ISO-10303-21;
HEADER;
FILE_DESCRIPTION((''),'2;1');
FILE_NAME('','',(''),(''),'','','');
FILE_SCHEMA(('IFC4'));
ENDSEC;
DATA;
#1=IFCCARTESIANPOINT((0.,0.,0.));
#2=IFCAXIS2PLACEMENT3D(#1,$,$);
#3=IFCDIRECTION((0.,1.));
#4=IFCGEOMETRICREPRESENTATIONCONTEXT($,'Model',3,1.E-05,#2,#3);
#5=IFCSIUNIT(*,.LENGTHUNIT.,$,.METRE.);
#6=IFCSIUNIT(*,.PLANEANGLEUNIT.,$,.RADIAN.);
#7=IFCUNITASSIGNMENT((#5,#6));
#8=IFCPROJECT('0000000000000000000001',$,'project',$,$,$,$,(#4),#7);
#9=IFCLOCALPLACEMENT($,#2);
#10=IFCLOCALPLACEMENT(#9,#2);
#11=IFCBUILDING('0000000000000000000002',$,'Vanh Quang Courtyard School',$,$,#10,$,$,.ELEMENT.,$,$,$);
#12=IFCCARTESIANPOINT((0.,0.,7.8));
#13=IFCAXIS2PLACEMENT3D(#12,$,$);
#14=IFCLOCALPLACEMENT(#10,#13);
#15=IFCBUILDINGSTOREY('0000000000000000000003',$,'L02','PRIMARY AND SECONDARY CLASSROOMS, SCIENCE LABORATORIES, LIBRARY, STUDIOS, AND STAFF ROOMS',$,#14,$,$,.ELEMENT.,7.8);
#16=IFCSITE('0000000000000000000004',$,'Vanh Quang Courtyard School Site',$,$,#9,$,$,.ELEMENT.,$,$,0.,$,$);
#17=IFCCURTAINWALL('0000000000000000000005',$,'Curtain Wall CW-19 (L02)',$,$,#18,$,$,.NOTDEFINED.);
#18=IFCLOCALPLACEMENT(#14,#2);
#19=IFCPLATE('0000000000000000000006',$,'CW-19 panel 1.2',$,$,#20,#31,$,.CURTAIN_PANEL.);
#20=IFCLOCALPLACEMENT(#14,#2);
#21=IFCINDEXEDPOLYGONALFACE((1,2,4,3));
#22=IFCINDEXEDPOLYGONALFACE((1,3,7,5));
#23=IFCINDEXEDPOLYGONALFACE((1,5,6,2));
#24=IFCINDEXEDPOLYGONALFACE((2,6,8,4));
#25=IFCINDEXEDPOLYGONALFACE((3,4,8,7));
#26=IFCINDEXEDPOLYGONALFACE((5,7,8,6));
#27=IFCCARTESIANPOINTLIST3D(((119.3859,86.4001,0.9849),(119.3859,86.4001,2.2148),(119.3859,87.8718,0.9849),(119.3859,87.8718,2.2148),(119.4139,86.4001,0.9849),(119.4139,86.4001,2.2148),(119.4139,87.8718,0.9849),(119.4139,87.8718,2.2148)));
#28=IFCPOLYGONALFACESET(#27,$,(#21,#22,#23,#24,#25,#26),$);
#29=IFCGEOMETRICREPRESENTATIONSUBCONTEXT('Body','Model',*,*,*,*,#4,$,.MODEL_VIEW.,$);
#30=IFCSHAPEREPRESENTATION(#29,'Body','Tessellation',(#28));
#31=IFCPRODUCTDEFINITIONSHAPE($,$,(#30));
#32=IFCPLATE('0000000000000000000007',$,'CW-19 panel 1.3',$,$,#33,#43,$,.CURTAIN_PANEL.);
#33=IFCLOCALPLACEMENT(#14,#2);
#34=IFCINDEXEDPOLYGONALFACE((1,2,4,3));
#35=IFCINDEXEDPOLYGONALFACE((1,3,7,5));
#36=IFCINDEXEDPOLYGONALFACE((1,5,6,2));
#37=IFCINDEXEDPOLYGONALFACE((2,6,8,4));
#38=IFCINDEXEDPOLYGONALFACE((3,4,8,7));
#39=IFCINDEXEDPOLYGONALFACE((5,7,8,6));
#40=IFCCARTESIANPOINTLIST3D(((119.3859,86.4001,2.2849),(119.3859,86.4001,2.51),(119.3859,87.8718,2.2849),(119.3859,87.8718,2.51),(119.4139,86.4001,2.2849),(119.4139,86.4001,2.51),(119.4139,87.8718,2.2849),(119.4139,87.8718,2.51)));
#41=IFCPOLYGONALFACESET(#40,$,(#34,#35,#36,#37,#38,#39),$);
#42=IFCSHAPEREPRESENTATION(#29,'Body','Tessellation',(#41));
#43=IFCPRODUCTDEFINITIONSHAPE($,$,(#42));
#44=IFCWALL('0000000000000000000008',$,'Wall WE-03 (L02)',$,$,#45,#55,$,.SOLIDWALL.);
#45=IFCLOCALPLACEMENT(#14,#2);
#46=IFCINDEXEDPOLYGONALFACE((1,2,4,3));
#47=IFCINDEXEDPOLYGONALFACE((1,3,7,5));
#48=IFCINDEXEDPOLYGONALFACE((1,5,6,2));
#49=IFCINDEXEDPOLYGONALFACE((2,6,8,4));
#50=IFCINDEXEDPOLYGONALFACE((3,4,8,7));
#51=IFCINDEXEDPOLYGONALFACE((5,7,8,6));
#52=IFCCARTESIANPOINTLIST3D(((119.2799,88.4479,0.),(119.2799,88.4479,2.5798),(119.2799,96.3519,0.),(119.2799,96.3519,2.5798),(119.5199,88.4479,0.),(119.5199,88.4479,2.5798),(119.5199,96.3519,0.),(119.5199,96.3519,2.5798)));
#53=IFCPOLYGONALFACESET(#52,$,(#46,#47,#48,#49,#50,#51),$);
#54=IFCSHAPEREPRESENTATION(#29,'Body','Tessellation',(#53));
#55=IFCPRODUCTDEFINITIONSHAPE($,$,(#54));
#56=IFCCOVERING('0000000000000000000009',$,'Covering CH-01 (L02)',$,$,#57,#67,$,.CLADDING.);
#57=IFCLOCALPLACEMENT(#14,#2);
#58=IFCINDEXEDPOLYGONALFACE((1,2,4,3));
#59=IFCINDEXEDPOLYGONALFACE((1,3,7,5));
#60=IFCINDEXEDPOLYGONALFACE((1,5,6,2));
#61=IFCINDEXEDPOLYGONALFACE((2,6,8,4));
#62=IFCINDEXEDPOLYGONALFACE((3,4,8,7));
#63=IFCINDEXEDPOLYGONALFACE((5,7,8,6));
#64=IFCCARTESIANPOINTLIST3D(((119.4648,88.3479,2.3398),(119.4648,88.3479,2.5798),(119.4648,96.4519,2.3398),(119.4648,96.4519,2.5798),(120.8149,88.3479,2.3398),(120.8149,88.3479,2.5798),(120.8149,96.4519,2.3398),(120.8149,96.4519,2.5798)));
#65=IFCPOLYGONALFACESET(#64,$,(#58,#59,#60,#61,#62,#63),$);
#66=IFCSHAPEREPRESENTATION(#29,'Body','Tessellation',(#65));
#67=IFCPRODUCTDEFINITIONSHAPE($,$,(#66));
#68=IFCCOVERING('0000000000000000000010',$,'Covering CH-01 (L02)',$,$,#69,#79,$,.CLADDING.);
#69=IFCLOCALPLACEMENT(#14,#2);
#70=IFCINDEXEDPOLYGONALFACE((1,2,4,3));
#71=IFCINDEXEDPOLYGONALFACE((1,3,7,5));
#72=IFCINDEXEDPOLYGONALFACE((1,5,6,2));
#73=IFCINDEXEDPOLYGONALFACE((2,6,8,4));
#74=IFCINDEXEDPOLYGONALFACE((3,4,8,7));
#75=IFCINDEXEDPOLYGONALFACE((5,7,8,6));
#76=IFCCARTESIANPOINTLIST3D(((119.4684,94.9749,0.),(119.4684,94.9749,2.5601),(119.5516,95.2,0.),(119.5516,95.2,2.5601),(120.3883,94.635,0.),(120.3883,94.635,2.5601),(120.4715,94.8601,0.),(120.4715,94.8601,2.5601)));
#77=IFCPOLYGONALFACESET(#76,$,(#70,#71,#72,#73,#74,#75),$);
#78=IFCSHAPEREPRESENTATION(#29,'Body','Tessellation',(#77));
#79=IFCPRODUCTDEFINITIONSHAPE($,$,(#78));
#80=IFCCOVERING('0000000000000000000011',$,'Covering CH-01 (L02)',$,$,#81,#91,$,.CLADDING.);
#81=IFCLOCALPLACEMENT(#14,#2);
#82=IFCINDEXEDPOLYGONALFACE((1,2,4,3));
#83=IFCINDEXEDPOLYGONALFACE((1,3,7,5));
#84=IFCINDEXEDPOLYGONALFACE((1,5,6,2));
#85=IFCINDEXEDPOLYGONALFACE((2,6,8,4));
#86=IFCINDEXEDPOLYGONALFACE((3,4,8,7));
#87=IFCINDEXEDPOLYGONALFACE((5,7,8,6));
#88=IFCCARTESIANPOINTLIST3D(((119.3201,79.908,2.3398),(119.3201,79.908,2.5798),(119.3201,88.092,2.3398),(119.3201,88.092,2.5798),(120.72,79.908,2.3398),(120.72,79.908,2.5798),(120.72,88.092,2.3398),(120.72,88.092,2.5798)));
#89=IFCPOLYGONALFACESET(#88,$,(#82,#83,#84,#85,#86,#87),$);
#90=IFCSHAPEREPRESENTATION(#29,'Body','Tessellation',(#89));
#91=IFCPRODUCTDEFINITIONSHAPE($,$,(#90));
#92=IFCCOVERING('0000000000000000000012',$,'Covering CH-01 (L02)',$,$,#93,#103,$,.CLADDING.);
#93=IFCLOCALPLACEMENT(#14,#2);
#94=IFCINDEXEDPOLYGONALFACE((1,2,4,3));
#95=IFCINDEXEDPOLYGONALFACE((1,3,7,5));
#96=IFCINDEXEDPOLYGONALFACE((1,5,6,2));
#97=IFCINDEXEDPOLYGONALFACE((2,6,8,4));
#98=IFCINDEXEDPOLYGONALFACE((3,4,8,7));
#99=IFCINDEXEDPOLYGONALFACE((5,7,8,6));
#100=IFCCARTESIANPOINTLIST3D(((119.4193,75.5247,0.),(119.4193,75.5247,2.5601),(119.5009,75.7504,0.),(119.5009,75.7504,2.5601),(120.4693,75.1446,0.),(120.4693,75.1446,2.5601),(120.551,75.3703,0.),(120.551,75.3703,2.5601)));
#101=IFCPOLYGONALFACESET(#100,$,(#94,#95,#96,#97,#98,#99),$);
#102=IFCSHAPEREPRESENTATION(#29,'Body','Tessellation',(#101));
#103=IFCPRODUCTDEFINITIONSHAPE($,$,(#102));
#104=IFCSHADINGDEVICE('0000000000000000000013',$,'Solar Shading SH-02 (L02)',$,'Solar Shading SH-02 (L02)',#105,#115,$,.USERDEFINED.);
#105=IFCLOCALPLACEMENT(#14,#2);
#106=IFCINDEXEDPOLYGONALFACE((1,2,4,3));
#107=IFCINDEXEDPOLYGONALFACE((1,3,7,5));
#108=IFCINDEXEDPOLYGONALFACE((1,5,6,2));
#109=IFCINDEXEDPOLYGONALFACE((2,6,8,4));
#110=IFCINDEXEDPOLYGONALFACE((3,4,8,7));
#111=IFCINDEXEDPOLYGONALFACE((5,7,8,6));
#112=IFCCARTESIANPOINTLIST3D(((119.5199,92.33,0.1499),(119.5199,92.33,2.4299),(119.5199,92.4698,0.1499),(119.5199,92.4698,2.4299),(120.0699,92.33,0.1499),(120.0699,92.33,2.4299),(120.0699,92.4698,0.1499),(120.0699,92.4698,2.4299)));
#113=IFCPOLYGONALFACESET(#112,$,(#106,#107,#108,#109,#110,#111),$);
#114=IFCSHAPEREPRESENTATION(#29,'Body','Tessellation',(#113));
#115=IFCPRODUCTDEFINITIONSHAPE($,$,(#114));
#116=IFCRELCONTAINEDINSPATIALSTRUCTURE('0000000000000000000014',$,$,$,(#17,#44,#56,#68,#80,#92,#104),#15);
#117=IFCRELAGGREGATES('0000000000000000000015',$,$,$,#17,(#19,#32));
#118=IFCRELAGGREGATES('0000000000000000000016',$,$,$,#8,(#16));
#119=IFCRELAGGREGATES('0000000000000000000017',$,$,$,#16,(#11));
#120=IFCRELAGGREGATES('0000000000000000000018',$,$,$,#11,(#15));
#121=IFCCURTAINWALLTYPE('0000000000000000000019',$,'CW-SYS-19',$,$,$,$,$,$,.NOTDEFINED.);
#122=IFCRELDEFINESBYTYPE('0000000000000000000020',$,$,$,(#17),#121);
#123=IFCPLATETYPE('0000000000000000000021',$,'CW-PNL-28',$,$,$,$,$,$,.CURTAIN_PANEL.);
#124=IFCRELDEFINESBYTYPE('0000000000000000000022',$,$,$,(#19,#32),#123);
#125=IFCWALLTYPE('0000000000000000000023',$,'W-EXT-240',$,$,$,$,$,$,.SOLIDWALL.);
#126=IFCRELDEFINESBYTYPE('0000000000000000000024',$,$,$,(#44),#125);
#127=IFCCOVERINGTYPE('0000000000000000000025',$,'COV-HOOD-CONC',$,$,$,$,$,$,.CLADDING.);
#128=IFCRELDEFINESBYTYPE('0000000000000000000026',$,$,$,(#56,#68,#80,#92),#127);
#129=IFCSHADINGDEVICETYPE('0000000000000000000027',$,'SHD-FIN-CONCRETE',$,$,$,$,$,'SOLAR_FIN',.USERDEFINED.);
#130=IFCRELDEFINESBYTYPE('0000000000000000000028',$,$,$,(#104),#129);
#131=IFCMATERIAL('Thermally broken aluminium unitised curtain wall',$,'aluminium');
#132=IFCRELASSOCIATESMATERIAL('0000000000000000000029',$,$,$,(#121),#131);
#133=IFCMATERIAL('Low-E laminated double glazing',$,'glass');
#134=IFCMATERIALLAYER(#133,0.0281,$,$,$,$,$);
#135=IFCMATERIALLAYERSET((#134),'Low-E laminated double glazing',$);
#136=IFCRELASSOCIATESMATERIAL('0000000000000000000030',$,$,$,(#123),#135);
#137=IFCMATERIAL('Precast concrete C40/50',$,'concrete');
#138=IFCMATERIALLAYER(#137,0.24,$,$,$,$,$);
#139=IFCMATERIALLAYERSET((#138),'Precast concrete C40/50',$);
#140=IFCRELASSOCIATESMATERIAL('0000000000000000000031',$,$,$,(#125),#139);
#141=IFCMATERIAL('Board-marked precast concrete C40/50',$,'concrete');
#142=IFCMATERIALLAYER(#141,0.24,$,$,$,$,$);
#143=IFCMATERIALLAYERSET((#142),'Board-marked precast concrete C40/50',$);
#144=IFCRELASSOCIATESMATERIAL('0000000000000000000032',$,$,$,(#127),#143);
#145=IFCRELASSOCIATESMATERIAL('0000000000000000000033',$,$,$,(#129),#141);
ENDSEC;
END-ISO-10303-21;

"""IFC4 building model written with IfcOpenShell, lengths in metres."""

from ifc_helpers import new_model, si_unit, direction, frame, frame_2d, origin, origin_2d, place, context, subcontext, project, spatial, rectangle, extrude, material, layer, layer_set, type_object, element, aggregate, save


model = new_model("IFC4")

# Units and contexts
model_context = context("Model", 3, precision=1e-05, world=origin(), true_north=direction((0.0, 1.0)))
body_context = subcontext(model_context, "Body", "Model", "MODEL_VIEW")
ifc_project = project(units=[si_unit("LENGTHUNIT", "METRE"), si_unit("PLANEANGLEUNIT", "RADIAN")], contexts=[model_context])

# Site, building, storey
site_placement = place(None, origin())
site = spatial("IfcSite", under=ifc_project, at=site_placement, Name="Vanh Quang Courtyard School Site", CompositionType="ELEMENT", RefElevation=0.0)
building_placement = place(site_placement, origin())
building = spatial("IfcBuilding", under=site, at=building_placement, Name="Vanh Quang Courtyard School", CompositionType="ELEMENT")
storey_placement = place(building_placement, frame((0.0, 0.0, 7.8)))
storey = spatial("IfcBuildingStorey", under=building, at=storey_placement, Name="L02", Description="PRIMARY AND SECONDARY CLASSROOMS, SCIENCE LABORATORIES, LIBRARY, STUDIOS, AND STAFF ROOMS", CompositionType="ELEMENT", Elevation=7.8)

# Curtain wall, plates
ifc_material_1 = material(Name="Thermally broken aluminium unitised curtain wall", Category="aluminium")
curtain_wall_type = type_object("IfcCurtainWallType", Name="CW-SYS-19", PredefinedType="NOTDEFINED", material=ifc_material_1)
curtain_wall_placement = place(storey_placement, origin())
curtain_wall = element("IfcCurtainWall", 1, at=curtain_wall_placement, inside=storey, type_object=curtain_wall_type, Name="Curtain Wall CW-19 (L02)", PredefinedType="NOTDEFINED")
ifc_material_2 = material(Name="Low-E laminated double glazing", Category="glass")
ifc_layer_1 = layer(ifc_material_2, 0.0281)
ifc_layer_set_1 = layer_set([ifc_layer_1], Name="Low-E laminated double glazing")
plate_type = type_object("IfcPlateType", Name="CW-PNL-28", PredefinedType="CURTAIN_PANEL", material=ifc_layer_set_1)
plate_1_placement = place(storey_placement, frame((119.3999, 87.136, 0.9849), z_axis=(0.0, 0.0, 1.0), x_axis=(0.0, -1.0, 0.0)))
plate_1 = element("IfcPlate", 2, at=plate_1_placement, type_object=plate_type, Name="CW-19 panel 1.2", PredefinedType="CURTAIN_PANEL", context=body_context, shape_type="SweptSolid", body=[
    extrude(rectangle(XDim=1.4717, YDim=0.0281, at=origin_2d()), origin(), (0.0, 0.0, 1.0), 1.23),
])
plate_2_placement = place(storey_placement, frame((119.3999, 87.136, 2.2849), z_axis=(0.0, 0.0, 1.0), x_axis=(0.0, -1.0, 0.0)))
plate_2 = element("IfcPlate", 3, at=plate_2_placement, type_object=plate_type, Name="CW-19 panel 1.3", PredefinedType="CURTAIN_PANEL", context=body_context, shape_type="SweptSolid", body=[
    extrude(rectangle(XDim=1.4717, YDim=0.0281, at=origin_2d()), origin(), (0.0, 0.0, 1.0), 0.2251),
])
aggregate(curtain_wall, [plate_1, plate_2])

# Wall
ifc_material_3 = material(Name="Precast concrete C40/50", Category="concrete")
ifc_layer_2 = layer(ifc_material_3, 0.24)
ifc_layer_set_2 = layer_set([ifc_layer_2], Name="Precast concrete C40/50")
wall_type = type_object("IfcWallType", Name="W-EXT-240", PredefinedType="SOLIDWALL", material=ifc_layer_set_2)
wall_placement = place(storey_placement, frame((119.3999, 96.3521, 0.0), z_axis=(0.0, 0.0, 1.0), x_axis=(0.0, -1.0, 0.0)))
element("IfcWall", 4, at=wall_placement, inside=storey, type_object=wall_type, Name="Wall WE-03 (L02)", PredefinedType="SOLIDWALL", context=body_context, shape_type="SweptSolid", body=[
    extrude(rectangle(XDim=7.9041, YDim=0.24, at=frame_2d((3.9521, 0.0))), origin(), (0.0, 0.0, 1.0), 2.5798),
])

# Coverings
ifc_material_4 = material(Name="Board-marked precast concrete C40/50", Category="concrete")
ifc_layer_3 = layer(ifc_material_4, 0.24)
ifc_layer_set_3 = layer_set([ifc_layer_3], Name="Board-marked precast concrete C40/50")
covering_type = type_object("IfcCoveringType", Name="COV-HOOD-CONC", PredefinedType="CLADDING", material=ifc_layer_set_3)
covering_1_placement = place(storey_placement, frame((120.1399, 92.3999, 2.3398), z_axis=(0.0, 0.0, 1.0), x_axis=(0.0, -1.0, 0.0)))
element("IfcCovering", 5, at=covering_1_placement, inside=storey, type_object=covering_type, Name="Covering CH-01 (L02)", PredefinedType="CLADDING", context=body_context, shape_type="SweptSolid", body=[
    extrude(rectangle(XDim=8.104, YDim=1.3501, at=origin_2d()), origin(), (0.0, 0.0, 1.0), 0.24),
])
covering_2_placement = place(storey_placement, frame((119.97, 94.9175, 0.0), z_axis=(0.0, 0.0, 1.0), x_axis=(0.93801, -0.346608, 0.0)))
element("IfcCovering", 6, at=covering_2_placement, inside=storey, type_object=covering_type, Name="Covering CH-01 (L02)", PredefinedType="CLADDING", context=body_context, shape_type="SweptSolid", body=[
    extrude(rectangle(XDim=0.9807, YDim=0.24, at=origin_2d()), origin(), (0.0, 0.0, 1.0), 2.5601),
])
covering_3_placement = place(storey_placement, frame((120.02, 84.0, 2.3398), z_axis=(0.0, 0.0, 1.0), x_axis=(0.0, -1.0, 0.0)))
element("IfcCovering", 7, at=covering_3_placement, inside=storey, type_object=covering_type, Name="Covering CH-01 (L02)", PredefinedType="CLADDING", context=body_context, shape_type="SweptSolid", body=[
    extrude(rectangle(XDim=8.1841, YDim=1.3999, at=origin_2d()), origin(), (0.0, 0.0, 1.0), 0.24),
])
covering_4_placement = place(storey_placement, frame((119.9851, 75.4475, 0.0), z_axis=(0.0, 0.0, 1.0), x_axis=(0.940288, -0.34038, 0.0)))
element("IfcCovering", 8, at=covering_4_placement, inside=storey, type_object=covering_type, Name="Covering CH-01 (L02)", PredefinedType="CLADDING", context=body_context, shape_type="SweptSolid", body=[
    extrude(rectangle(XDim=1.1167, YDim=0.24, at=origin_2d()), origin(), (0.0, 0.0, 1.0), 2.5601),
])

# Shading device
shading_device_type = type_object("IfcShadingDeviceType", Name="SHD-FIN-CONCRETE", ElementType="SOLAR_FIN", PredefinedType="USERDEFINED", material=ifc_material_4)
shading_device_placement = place(storey_placement, frame((119.7949, 92.3999, 0.1499), z_axis=(0.0, 0.0, 1.0), x_axis=(0.0, -1.0, 0.0)))
element("IfcShadingDevice", 9, at=shading_device_placement, inside=storey, type_object=shading_device_type, Name="Solar Shading SH-02 (L02)", ObjectType="Solar Shading SH-02 (L02)", PredefinedType="USERDEFINED", context=body_context, shape_type="SweptSolid", body=[
    extrude(rectangle(XDim=0.1399, YDim=0.55, at=origin_2d()), origin(), (0.0, 0.0, 1.0), 2.28),
])

save(model, "model.ifc")
